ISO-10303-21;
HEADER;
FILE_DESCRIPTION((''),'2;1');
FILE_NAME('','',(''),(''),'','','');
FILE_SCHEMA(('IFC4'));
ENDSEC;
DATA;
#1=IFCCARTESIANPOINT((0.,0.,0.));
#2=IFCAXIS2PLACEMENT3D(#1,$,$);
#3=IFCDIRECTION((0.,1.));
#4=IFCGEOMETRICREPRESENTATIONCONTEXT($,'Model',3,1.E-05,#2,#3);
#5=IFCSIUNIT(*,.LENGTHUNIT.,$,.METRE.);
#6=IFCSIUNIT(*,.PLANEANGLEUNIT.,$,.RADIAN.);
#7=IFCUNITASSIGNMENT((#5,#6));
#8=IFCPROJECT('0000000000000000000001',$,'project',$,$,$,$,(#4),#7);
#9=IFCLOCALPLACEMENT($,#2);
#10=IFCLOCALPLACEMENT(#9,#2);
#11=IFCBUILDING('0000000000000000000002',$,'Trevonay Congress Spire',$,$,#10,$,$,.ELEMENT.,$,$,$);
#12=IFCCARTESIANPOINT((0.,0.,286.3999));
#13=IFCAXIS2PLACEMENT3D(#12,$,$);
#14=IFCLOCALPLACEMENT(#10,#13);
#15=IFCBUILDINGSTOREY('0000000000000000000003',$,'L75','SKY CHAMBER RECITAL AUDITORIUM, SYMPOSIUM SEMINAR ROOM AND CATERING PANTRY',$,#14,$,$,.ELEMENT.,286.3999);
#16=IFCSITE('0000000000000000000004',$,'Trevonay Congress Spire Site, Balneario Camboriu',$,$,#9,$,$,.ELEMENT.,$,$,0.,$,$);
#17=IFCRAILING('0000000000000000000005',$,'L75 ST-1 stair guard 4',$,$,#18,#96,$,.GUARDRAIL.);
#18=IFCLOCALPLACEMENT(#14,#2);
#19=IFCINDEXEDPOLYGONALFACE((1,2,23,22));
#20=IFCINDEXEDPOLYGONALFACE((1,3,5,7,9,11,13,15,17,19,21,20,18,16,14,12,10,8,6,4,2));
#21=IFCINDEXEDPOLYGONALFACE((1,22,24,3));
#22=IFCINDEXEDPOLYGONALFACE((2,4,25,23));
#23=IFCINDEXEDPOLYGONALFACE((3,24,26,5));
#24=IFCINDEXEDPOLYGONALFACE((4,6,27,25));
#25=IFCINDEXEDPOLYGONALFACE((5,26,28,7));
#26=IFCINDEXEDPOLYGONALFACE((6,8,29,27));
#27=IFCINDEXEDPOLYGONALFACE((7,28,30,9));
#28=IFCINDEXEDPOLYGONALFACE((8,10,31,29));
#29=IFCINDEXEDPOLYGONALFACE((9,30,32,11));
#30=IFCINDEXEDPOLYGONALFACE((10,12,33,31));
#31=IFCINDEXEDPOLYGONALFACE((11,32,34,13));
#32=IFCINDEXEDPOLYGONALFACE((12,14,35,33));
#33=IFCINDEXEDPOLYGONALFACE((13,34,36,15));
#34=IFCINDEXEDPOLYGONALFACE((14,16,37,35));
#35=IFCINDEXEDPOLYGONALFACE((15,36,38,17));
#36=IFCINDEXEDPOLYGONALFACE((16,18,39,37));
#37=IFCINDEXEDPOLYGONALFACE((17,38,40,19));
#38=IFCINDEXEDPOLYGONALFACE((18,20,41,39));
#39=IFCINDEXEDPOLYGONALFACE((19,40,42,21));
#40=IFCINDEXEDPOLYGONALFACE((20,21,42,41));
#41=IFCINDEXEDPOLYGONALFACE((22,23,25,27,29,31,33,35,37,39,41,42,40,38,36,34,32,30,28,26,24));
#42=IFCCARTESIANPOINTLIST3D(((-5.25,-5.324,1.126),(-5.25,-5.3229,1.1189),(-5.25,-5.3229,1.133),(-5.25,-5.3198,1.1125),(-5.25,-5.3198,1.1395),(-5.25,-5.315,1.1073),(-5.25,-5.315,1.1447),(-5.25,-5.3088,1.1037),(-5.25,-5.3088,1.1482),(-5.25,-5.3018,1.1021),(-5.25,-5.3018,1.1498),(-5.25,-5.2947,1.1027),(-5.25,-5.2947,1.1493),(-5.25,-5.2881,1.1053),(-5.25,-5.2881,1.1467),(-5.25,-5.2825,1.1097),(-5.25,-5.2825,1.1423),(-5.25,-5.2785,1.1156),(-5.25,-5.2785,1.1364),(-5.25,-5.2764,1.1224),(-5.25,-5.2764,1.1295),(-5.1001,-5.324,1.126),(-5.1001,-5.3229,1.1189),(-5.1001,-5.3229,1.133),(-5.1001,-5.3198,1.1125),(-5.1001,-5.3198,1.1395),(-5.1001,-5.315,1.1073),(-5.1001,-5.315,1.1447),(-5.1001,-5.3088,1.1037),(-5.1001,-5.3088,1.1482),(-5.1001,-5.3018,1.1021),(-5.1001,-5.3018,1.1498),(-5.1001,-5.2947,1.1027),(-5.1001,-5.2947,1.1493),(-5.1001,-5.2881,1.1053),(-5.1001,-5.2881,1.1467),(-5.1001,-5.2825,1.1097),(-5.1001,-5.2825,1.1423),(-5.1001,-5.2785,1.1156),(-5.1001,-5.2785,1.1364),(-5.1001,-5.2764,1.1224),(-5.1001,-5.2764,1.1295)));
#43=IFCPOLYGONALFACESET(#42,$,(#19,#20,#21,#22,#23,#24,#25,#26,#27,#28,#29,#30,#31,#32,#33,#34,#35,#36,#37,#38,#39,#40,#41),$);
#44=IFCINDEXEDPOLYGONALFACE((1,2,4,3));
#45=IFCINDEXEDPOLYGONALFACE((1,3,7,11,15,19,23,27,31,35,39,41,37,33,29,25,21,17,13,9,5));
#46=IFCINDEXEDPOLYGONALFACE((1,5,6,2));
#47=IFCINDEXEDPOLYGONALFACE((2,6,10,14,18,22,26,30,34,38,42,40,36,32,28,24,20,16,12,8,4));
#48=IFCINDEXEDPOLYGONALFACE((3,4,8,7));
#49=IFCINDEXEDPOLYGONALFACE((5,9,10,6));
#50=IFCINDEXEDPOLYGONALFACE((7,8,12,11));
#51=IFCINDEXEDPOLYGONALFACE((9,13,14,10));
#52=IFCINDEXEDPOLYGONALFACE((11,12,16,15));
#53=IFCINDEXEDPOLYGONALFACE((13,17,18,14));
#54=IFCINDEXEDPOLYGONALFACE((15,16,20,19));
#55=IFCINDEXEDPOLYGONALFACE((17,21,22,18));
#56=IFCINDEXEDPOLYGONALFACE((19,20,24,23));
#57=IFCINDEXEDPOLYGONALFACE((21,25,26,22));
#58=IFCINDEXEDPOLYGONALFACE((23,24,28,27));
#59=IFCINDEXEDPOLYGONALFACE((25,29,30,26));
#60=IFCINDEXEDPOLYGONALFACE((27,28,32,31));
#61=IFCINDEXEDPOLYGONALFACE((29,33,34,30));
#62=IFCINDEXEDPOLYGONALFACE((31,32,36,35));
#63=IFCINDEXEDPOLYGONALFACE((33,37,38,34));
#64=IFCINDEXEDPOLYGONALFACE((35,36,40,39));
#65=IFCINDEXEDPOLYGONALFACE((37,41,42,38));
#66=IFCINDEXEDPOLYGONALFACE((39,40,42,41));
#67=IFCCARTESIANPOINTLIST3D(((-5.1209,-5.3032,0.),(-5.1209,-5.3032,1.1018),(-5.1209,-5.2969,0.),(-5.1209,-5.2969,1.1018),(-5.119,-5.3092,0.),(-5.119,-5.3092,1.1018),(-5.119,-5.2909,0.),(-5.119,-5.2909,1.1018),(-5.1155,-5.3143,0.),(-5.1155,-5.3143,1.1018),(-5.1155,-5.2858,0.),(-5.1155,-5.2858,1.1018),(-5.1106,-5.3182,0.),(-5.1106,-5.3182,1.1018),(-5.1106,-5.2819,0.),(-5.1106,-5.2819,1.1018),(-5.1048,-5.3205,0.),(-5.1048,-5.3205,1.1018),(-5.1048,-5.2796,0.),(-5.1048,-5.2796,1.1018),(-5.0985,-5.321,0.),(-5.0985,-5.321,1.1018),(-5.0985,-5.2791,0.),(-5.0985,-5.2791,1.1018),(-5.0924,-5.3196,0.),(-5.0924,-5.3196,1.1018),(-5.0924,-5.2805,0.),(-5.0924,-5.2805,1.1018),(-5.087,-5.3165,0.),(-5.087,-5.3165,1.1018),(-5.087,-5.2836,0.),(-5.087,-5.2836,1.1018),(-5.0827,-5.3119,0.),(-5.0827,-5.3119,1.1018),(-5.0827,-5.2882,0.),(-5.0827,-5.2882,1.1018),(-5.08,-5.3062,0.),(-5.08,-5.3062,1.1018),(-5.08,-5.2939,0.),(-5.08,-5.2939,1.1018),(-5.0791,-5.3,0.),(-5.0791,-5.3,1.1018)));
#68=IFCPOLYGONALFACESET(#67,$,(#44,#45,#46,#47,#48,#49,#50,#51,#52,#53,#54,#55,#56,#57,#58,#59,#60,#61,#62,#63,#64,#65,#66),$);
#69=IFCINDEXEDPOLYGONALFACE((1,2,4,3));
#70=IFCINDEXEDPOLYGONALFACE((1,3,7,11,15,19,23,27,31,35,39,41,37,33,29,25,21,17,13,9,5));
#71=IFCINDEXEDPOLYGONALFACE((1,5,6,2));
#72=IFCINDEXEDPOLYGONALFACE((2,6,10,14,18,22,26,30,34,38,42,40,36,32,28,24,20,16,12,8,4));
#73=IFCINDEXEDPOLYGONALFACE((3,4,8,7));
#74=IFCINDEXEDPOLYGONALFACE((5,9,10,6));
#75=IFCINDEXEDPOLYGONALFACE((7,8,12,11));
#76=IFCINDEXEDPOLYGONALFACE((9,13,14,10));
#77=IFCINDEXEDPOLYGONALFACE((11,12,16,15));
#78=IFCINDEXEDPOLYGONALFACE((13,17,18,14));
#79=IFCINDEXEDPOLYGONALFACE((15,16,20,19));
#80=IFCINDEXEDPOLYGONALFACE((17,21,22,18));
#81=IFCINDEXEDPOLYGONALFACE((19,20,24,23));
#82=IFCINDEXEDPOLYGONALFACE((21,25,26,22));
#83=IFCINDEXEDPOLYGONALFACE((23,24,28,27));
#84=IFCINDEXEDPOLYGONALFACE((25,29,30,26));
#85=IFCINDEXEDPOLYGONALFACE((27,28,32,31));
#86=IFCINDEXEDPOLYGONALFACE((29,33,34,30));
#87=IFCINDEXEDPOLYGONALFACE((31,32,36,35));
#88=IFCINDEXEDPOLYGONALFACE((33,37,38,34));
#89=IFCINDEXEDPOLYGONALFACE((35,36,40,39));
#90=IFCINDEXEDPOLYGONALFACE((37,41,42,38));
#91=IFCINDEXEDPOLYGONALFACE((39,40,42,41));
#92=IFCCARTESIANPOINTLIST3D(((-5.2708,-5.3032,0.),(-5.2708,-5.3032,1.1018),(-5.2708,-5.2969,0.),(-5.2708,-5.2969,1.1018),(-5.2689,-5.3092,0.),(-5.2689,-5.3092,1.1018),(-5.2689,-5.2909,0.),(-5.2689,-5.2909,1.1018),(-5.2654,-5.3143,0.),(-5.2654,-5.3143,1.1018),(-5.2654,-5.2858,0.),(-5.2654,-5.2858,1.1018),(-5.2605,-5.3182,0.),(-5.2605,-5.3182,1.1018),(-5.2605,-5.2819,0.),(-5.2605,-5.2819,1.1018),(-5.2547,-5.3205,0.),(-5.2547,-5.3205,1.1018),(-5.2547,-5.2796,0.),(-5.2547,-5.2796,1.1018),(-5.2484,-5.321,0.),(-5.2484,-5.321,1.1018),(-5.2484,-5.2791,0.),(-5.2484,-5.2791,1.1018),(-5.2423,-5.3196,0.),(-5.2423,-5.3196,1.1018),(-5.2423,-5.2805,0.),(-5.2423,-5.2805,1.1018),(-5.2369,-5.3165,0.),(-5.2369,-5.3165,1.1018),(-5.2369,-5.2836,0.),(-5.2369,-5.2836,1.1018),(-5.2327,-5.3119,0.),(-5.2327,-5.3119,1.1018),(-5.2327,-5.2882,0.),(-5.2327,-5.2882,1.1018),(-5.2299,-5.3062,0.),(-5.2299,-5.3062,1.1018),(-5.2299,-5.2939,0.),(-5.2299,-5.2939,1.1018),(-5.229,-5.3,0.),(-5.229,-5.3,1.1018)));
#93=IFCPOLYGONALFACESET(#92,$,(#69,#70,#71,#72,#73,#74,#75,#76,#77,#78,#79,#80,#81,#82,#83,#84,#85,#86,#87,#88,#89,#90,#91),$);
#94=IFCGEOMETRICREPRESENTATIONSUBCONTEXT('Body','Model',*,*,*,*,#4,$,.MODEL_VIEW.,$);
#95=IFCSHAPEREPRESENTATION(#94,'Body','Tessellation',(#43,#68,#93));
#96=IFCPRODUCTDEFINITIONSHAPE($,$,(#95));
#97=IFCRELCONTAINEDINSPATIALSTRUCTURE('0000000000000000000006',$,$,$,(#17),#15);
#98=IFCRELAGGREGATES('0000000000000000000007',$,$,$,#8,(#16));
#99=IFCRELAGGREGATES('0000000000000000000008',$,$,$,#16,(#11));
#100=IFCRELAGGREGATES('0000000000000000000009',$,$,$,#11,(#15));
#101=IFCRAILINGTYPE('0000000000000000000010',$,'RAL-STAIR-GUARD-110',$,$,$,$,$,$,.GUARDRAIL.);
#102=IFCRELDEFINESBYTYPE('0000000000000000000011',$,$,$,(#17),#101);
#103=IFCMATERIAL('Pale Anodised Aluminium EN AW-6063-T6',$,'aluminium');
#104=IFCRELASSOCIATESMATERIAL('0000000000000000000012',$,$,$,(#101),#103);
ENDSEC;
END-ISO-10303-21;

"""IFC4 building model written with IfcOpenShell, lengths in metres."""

from ifc_helpers import new_model, si_unit, direction, frame, origin, origin_2d, place, context, subcontext, project, spatial, circle, extrude, material, type_object, element, save


model = new_model("IFC4")

# Units and contexts
model_context = context("Model", 3, precision=1e-05, world=origin(), true_north=direction((0.0, 1.0)))
body_context = subcontext(model_context, "Body", "Model", "MODEL_VIEW")
ifc_project = project(units=[si_unit("LENGTHUNIT", "METRE"), si_unit("PLANEANGLEUNIT", "RADIAN")], contexts=[model_context])

# Site, building, storey
site_placement = place(None, origin())
site = spatial("IfcSite", under=ifc_project, at=site_placement, Name="Trevonay Congress Spire Site, Balneario Camboriu", CompositionType="ELEMENT", RefElevation=0.0)
building_placement = place(site_placement, origin())
building = spatial("IfcBuilding", under=site, at=building_placement, Name="Trevonay Congress Spire", CompositionType="ELEMENT")
storey_placement = place(building_placement, frame((0.0, 0.0, 286.3999)))
storey = spatial("IfcBuildingStorey", under=building, at=storey_placement, Name="L75", Description="SKY CHAMBER RECITAL AUDITORIUM, SYMPOSIUM SEMINAR ROOM AND CATERING PANTRY", CompositionType="ELEMENT", Elevation=286.3999)

# Railing
ifc_material_1 = material(Name="Pale Anodised Aluminium EN AW-6063-T6", Category="aluminium")
railing_type_1 = type_object("IfcRailingType", Name="RAL-STAIR-GUARD-110", PredefinedType="GUARDRAIL", material=ifc_material_1)
railing_1_placement = place(storey_placement, frame((-5.1001, -5.3, 0.0)))
element("IfcRailing", 1, at=railing_1_placement, inside=storey, type_object=railing_type_1, Name="L75 ST-1 stair guard 4", PredefinedType="GUARDRAIL", context=body_context, shape_type="SweptSolid", body=[
    extrude(circle(Radius=0.0239, at=origin_2d()), frame((0.0, 0.0, 1.126), z_axis=(-1.0, 0.0, 0.0), x_axis=(0.0, -1.0, 0.0)), (0.0, 0.0, 1.0), 0.1499),
    extrude(circle(Radius=0.021, at=origin_2d()), origin(), (0.0, 0.0, 1.0), 1.1018),
    extrude(circle(Radius=0.021, at=origin_2d()), frame((-0.1499, 0.0, 0.0)), (0.0, 0.0, 1.0), 1.1018),
])

save(model, "model.ifc")
